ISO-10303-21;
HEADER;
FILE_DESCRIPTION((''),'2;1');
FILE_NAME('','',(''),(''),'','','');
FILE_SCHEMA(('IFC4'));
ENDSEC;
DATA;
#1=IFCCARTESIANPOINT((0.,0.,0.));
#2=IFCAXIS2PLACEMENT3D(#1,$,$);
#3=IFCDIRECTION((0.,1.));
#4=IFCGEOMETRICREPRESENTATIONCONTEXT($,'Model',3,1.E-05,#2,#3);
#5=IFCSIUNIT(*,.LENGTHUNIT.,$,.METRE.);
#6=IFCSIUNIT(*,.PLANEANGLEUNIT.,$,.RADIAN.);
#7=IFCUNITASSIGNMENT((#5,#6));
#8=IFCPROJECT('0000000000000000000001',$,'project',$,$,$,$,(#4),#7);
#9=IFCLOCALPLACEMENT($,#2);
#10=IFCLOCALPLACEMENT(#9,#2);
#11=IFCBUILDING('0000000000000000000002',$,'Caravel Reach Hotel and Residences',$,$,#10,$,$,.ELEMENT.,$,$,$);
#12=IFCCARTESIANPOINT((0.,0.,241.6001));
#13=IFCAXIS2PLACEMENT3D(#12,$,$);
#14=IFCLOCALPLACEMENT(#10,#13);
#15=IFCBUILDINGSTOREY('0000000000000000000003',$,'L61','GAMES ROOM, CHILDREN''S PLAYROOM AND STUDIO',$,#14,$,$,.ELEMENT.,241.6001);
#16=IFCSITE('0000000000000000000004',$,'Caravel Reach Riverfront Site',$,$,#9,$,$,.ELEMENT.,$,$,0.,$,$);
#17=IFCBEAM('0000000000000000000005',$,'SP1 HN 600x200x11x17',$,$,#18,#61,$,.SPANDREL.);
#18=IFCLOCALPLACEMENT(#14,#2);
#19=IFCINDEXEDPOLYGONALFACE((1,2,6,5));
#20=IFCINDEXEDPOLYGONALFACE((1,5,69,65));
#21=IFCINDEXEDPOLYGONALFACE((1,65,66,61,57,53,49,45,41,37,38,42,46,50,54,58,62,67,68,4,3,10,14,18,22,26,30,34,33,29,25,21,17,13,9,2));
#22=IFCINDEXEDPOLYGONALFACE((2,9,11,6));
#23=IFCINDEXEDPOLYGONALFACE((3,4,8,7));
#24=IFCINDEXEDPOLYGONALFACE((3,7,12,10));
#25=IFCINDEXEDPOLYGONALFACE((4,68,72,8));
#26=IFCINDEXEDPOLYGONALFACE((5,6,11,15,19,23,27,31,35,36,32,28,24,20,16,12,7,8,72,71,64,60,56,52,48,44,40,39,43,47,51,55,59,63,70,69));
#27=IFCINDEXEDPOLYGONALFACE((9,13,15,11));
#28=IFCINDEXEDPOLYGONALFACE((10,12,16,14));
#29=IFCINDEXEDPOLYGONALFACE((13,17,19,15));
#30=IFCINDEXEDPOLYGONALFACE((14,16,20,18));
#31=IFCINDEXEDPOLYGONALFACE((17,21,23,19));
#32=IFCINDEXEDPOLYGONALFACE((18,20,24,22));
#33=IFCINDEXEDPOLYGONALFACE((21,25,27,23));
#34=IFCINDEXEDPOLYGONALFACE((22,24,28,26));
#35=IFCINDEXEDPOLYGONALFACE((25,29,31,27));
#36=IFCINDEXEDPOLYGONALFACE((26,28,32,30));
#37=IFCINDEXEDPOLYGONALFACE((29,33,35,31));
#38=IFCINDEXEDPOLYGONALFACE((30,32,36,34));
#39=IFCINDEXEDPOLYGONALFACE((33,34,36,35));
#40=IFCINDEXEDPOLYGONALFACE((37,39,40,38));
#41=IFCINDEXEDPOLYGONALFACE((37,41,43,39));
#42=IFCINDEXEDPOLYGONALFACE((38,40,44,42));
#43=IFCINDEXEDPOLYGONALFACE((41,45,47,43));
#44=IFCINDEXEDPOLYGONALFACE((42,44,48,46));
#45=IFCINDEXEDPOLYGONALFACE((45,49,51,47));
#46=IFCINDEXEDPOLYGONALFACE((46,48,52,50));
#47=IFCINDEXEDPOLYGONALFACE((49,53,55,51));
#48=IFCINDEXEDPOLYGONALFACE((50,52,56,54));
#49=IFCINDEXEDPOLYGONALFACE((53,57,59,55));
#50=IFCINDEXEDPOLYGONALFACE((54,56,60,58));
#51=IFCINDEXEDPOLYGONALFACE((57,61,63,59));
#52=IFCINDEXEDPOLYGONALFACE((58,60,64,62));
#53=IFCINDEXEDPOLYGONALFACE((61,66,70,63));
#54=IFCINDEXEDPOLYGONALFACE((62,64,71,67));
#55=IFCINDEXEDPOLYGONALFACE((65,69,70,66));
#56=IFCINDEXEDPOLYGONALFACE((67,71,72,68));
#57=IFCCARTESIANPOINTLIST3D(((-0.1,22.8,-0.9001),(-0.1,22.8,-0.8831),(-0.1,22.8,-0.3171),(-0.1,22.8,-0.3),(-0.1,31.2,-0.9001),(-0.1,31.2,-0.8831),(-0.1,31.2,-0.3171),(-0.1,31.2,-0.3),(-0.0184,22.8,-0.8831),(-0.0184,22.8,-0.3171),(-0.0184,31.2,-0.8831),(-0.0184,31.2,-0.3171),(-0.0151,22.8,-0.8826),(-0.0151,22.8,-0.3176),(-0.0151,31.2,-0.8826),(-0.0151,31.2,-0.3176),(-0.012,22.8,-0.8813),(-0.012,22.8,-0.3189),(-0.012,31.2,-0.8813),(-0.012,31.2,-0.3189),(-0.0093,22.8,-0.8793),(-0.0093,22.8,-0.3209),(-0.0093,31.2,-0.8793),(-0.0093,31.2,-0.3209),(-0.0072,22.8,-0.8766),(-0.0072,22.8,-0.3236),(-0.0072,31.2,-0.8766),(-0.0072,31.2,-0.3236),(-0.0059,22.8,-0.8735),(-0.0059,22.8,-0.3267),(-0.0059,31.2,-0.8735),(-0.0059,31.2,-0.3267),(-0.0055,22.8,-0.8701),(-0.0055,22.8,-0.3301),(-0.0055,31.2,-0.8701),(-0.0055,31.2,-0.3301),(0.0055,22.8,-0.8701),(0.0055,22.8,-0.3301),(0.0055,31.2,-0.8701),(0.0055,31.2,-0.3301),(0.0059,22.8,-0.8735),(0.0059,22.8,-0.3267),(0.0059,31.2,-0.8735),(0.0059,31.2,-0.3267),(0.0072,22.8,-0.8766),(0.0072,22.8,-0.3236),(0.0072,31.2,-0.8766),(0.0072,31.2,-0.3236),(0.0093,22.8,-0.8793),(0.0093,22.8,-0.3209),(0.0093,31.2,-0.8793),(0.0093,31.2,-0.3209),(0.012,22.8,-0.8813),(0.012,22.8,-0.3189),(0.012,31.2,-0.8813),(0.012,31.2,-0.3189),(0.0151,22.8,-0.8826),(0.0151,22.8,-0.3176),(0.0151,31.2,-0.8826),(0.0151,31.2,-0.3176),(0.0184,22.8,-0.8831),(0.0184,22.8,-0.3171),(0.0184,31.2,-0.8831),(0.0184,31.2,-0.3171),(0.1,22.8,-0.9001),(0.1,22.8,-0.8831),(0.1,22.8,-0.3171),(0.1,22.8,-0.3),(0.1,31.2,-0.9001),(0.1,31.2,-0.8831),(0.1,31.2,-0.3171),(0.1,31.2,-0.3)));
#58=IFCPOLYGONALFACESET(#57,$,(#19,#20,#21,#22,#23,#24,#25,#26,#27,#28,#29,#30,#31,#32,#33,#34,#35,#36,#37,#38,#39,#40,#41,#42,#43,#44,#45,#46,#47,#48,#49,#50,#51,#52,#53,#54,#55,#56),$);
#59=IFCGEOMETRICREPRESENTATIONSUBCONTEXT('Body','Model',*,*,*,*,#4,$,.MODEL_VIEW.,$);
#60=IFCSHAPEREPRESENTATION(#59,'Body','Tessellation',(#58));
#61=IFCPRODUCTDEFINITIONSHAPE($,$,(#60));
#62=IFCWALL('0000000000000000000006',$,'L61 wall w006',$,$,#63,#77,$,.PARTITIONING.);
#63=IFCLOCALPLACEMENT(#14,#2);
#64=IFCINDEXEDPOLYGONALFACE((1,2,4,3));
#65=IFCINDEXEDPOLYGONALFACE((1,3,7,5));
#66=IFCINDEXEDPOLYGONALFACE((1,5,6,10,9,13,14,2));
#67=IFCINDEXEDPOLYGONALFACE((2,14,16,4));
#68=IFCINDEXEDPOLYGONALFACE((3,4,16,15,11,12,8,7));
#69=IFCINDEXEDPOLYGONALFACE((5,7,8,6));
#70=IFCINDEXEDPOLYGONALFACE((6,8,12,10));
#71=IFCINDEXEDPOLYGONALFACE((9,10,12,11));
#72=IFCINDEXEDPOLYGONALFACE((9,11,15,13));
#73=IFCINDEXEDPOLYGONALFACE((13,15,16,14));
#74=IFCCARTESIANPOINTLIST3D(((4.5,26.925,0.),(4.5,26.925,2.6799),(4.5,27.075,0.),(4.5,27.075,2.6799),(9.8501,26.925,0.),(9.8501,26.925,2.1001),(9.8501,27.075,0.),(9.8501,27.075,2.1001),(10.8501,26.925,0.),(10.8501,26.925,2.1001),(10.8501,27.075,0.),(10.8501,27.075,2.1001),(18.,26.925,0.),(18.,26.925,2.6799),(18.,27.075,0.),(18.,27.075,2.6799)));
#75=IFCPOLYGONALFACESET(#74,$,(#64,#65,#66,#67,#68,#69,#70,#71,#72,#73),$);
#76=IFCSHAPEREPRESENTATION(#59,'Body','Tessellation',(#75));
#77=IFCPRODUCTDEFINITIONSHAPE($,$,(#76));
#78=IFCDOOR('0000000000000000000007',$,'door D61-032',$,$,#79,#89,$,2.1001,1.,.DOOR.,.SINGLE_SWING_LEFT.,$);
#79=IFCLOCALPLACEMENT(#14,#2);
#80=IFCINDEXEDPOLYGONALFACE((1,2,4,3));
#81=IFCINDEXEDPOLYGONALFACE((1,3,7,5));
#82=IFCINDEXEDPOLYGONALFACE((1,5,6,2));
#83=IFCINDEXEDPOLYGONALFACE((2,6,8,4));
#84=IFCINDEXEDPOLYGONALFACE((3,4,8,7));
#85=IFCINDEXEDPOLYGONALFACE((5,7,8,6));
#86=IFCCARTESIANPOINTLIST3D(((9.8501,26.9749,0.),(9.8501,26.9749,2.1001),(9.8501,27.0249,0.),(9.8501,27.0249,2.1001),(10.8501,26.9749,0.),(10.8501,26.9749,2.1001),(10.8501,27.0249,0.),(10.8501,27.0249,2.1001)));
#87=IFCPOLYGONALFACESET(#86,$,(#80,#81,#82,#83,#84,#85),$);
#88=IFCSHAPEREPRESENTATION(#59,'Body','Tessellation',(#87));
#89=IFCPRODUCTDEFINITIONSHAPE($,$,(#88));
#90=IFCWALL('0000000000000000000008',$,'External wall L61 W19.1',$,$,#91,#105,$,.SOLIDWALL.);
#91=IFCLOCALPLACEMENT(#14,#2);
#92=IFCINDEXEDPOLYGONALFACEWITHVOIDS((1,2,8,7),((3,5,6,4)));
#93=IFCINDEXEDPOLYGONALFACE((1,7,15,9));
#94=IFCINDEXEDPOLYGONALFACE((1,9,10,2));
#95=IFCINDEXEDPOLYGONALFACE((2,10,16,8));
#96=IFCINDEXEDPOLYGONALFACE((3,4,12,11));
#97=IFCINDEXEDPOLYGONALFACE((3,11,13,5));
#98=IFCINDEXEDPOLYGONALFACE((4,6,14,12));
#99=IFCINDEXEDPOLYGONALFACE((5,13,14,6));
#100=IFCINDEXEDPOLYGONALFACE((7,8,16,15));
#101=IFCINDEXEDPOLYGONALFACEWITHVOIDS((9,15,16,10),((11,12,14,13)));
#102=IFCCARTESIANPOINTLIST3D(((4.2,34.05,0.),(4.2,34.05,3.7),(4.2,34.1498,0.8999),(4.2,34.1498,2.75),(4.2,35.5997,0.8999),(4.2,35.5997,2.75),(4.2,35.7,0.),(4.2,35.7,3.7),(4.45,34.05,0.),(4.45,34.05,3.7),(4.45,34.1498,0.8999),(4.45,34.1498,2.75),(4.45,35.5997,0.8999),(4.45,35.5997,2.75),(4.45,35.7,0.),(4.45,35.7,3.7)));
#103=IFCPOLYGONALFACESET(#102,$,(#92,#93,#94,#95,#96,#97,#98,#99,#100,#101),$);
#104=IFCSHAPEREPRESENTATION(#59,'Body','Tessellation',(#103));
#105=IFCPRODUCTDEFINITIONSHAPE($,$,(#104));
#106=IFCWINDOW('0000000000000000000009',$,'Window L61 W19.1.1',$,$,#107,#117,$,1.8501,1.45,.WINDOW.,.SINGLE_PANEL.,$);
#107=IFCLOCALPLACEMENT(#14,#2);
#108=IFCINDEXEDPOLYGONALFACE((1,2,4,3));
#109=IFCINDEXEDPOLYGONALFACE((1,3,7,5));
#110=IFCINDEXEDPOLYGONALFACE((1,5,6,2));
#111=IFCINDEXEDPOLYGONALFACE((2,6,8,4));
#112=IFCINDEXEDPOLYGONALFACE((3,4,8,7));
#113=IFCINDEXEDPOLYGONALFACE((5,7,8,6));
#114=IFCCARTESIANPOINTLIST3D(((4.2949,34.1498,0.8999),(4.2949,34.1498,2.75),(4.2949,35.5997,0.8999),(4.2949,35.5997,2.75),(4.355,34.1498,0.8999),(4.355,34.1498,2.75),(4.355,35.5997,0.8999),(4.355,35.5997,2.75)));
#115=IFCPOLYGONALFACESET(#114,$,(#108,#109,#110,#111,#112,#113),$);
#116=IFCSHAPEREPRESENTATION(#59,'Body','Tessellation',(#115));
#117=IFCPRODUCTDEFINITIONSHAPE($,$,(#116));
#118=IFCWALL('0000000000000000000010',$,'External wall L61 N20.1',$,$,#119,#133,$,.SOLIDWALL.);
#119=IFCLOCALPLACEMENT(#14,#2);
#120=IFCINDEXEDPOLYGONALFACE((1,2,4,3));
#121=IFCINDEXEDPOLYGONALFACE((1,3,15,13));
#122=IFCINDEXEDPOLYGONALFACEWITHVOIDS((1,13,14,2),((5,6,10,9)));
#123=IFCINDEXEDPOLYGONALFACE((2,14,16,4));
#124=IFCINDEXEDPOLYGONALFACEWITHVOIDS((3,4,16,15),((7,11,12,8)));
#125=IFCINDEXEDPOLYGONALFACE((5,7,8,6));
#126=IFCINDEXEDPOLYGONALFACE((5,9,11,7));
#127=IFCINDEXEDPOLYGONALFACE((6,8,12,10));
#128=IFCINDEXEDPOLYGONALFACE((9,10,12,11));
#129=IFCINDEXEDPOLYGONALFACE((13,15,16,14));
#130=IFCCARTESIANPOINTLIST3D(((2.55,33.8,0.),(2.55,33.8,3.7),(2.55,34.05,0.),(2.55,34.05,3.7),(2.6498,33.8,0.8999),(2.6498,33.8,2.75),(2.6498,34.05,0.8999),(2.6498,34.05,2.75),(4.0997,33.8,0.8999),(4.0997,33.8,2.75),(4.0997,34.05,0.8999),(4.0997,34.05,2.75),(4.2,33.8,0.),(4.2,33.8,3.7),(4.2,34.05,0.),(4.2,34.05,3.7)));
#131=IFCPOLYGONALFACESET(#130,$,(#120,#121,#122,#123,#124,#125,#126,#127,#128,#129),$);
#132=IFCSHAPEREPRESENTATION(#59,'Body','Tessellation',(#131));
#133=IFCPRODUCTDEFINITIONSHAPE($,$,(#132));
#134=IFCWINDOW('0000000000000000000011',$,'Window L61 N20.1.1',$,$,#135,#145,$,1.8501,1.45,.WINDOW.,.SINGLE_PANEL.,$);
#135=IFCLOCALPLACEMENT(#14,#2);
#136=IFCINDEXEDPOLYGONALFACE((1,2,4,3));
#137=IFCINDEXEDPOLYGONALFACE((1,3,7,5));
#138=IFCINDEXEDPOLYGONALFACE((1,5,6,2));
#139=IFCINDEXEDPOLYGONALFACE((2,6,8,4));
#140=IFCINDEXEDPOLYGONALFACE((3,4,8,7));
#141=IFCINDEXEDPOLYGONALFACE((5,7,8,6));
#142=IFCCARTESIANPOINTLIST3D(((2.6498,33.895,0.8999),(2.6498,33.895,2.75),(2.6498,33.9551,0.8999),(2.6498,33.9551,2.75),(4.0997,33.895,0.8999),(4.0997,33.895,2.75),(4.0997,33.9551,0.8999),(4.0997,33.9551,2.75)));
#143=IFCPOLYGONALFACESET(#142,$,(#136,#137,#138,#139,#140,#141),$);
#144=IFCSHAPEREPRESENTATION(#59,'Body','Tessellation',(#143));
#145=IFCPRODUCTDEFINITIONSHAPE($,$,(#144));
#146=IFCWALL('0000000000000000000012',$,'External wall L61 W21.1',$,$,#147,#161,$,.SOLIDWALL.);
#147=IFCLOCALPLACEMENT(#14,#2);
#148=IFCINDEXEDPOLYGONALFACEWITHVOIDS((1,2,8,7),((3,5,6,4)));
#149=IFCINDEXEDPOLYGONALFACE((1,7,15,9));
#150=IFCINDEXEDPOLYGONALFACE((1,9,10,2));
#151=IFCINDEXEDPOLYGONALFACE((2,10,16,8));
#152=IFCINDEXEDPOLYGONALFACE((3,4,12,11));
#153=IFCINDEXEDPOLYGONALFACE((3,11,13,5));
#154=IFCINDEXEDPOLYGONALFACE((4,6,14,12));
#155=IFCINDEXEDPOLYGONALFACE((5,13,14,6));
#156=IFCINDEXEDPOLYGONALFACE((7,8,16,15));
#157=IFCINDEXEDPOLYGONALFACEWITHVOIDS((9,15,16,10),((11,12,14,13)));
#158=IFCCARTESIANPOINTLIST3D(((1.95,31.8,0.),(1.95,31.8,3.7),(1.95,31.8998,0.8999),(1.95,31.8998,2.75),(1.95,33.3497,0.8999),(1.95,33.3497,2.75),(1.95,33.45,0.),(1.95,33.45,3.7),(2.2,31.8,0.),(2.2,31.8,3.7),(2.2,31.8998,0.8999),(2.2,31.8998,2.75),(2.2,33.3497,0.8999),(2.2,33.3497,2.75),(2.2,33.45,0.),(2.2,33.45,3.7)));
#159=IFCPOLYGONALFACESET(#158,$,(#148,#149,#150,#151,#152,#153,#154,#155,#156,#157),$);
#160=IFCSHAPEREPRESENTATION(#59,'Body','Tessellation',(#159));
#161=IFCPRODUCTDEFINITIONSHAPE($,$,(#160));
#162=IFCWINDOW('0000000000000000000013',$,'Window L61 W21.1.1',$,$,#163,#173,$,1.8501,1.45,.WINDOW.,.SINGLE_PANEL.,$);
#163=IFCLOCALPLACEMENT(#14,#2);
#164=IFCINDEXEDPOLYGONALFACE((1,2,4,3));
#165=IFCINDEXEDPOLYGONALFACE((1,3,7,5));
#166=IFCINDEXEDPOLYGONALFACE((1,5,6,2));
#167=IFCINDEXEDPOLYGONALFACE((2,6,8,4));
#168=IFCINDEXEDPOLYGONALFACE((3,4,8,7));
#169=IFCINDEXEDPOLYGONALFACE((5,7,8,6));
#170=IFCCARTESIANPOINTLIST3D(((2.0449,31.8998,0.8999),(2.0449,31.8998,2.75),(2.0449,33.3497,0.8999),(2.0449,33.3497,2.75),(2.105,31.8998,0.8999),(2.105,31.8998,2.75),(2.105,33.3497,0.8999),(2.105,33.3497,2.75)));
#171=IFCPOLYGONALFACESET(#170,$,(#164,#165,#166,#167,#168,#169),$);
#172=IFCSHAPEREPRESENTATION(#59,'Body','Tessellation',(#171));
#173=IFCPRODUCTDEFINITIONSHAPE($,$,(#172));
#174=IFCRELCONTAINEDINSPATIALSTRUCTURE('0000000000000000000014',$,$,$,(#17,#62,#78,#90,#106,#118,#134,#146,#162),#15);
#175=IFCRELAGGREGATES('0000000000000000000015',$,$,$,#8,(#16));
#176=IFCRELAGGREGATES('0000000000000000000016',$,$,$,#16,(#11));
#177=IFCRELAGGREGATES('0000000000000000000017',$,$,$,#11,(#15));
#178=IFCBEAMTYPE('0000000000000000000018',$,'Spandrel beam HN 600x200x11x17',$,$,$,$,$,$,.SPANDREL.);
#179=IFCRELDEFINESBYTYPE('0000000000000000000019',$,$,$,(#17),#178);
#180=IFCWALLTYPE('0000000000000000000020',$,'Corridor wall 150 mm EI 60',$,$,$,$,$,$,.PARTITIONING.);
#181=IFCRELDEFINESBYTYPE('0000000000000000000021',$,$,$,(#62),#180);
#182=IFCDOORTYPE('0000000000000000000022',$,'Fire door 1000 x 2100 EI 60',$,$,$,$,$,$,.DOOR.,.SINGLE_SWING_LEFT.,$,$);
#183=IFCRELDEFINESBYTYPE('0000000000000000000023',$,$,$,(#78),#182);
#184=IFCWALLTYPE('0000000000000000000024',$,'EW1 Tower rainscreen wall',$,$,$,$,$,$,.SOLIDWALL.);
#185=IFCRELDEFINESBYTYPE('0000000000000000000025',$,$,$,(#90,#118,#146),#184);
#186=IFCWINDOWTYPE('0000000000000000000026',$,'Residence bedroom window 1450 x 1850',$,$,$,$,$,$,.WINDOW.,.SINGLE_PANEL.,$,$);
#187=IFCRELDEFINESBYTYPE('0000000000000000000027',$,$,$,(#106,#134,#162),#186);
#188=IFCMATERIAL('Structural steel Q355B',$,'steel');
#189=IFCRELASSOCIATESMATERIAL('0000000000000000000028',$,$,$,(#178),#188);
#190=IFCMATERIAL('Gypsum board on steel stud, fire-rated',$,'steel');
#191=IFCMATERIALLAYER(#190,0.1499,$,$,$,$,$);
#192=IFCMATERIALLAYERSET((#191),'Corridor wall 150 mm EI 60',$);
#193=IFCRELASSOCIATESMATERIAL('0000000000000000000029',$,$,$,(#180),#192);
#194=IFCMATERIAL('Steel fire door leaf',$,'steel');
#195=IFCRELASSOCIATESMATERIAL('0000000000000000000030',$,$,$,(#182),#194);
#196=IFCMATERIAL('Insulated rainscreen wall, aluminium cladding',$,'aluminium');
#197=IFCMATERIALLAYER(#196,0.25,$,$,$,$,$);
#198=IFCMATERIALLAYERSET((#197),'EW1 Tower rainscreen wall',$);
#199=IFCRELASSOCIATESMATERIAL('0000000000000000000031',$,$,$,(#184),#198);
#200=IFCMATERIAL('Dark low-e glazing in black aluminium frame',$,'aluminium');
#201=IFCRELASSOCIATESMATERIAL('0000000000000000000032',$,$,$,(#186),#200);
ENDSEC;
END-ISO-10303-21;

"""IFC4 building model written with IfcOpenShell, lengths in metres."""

from ifc_helpers import new_model, si_unit, direction, frame, frame_2d, origin, origin_2d, place, context, subcontext, project, spatial, rectangle, i_section, extrude, material, layer, layer_set, material_profile, profile_set, type_object, element, fill, save


model = new_model("IFC4")

# Units and contexts
model_context = context("Model", 3, precision=1e-05, world=origin(), true_north=direction((0.0, 1.0)))
body_context = subcontext(model_context, "Body", "Model", "MODEL_VIEW")
ifc_project = project(units=[si_unit("LENGTHUNIT", "METRE"), si_unit("PLANEANGLEUNIT", "RADIAN")], contexts=[model_context])

# Site, building, storey
site_placement = place(None, origin())
site = spatial("IfcSite", under=ifc_project, at=site_placement, Name="Caravel Reach Riverfront Site", CompositionType="ELEMENT", RefElevation=0.0)
building_placement = place(site_placement, origin())
building = spatial("IfcBuilding", under=site, at=building_placement, Name="Caravel Reach Hotel and Residences", CompositionType="ELEMENT")
storey_placement = place(building_placement, frame((0.0, 0.0, 241.6001)))
storey = spatial("IfcBuildingStorey", under=building, at=storey_placement, Name="L61", Description="GAMES ROOM, CHILDREN'S PLAYROOM AND STUDIO", CompositionType="ELEMENT", Elevation=241.6001)

# Beam
ifc_material_1 = material(Name="Structural steel Q355B", Category="steel")
ifc_material_profile_1 = material_profile(ifc_material_1, i_section(OverallWidth=0.2, OverallDepth=0.6001, WebThickness=0.011, FlangeThickness=0.0171, FilletRadius=0.0129, at=origin_2d()), Name="HN 600x200x11x17")
ifc_profile_set_1 = profile_set([ifc_material_profile_1], Name="Structural steel Q355B")
beam_type = type_object("IfcBeamType", Name="Spandrel beam HN 600x200x11x17", PredefinedType="SPANDREL", material=ifc_profile_set_1)
beam_placement = place(storey_placement, frame((0.0, 31.2, -0.6001), z_axis=(0.0, -1.0, 0.0), x_axis=(1.0, 0.0, 0.0)))
element("IfcBeam", 1, at=beam_placement, inside=storey, type_object=beam_type, Name="SP1 HN 600x200x11x17", PredefinedType="SPANDREL", context=body_context, shape_type="SweptSolid", body=[
    extrude(i_section(OverallWidth=0.2, OverallDepth=0.6001, WebThickness=0.011, FlangeThickness=0.0171, FilletRadius=0.0129, at=origin_2d()), origin(), (0.0, 0.0, 1.0), 8.3999),
])

# Wall, opening, door
ifc_material_2 = material(Name="Gypsum board on steel stud, fire-rated", Category="steel")
ifc_layer_1 = layer(ifc_material_2, 0.1499)
ifc_layer_set_1 = layer_set([ifc_layer_1], Name="Corridor wall 150 mm EI 60")
wall_type_1 = type_object("IfcWallType", Name="Corridor wall 150 mm EI 60", PredefinedType="PARTITIONING", material=ifc_layer_set_1)
wall_1_placement = place(storey_placement, frame((4.5, 27.0, 0.0), z_axis=(0.0, 0.0, 1.0), x_axis=(1.0, 0.0, 0.0)))
wall_1 = element("IfcWall", 2, at=wall_1_placement, inside=storey, type_object=wall_type_1, Name="L61 wall w006", PredefinedType="PARTITIONING", context=body_context, shape_type="SweptSolid", body=[
    extrude(rectangle(XDim=13.5, YDim=0.1499, at=frame_2d((6.75, 0.0))), origin(), (0.0, 0.0, 1.0), 2.6799),
])
opening_1_placement = place(wall_1_placement, frame((5.3501, 0.0, 0.0)))
opening_1 = element("IfcOpeningElement", 3, at=opening_1_placement, cuts=wall_1, PredefinedType="OPENING", context=body_context, shape_type="SweptSolid", body=[
    extrude(rectangle(XDim=1.0, YDim=2.1001, at=frame_2d((0.5, 1.05))), frame((0.0, 0.085, 0.0), z_axis=(0.0, -1.0, 0.0), x_axis=(1.0, 0.0, 0.0)), (0.0, 0.0, 1.0), 0.1699),
])
ifc_material_3 = material(Name="Steel fire door leaf", Category="steel")
door_type = type_object("IfcDoorType", Name="Fire door 1000 x 2100 EI 60", OperationType="SINGLE_SWING_LEFT", PredefinedType="DOOR", material=ifc_material_3)
door_placement = place(opening_1_placement, origin())
door = element("IfcDoor", 4, at=door_placement, inside=storey, type_object=door_type, Name="door D61-032", OperationType="SINGLE_SWING_LEFT", OverallHeight=2.1001, OverallWidth=1.0, PredefinedType="DOOR", context=body_context, shape_type="SweptSolid", body=[
    extrude(rectangle(XDim=1.0, YDim=2.1001, at=frame_2d((0.5, 1.05))), frame((0.0, 0.0249, 0.0), z_axis=(0.0, -1.0, 0.0), x_axis=(1.0, 0.0, 0.0)), (0.0, 0.0, 1.0), 0.05),
])
fill(opening_1, door)

# Walls, openings, windows
ifc_material_4 = material(Name="Insulated rainscreen wall, aluminium cladding", Category="aluminium")
ifc_layer_2 = layer(ifc_material_4, 0.25)
ifc_layer_set_2 = layer_set([ifc_layer_2], Name="EW1 Tower rainscreen wall")
wall_type_2 = type_object("IfcWallType", Name="EW1 Tower rainscreen wall", PredefinedType="SOLIDWALL", material=ifc_layer_set_2)
wall_2_placement = place(storey_placement, frame((4.325, 35.7, 0.0), z_axis=(0.0, 0.0, 1.0), x_axis=(0.0, -1.0, 0.0)))
wall_2 = element("IfcWall", 5, at=wall_2_placement, inside=storey, type_object=wall_type_2, Name="External wall L61 W19.1", PredefinedType="SOLIDWALL", context=body_context, shape_type="SweptSolid", body=[
    extrude(rectangle(XDim=1.6499, YDim=0.25, at=frame_2d((0.825, 0.0))), origin(), (0.0, 0.0, 1.0), 3.7),
])
opening_2_placement = place(wall_2_placement, frame((0.1001, 0.0, 0.8999)))
opening_2 = element("IfcOpeningElement", 6, at=opening_2_placement, cuts=wall_2, PredefinedType="OPENING", context=body_context, shape_type="SweptSolid", body=[
    extrude(rectangle(XDim=1.45, YDim=1.8501, at=frame_2d((0.7251, 0.925))), frame((0.0, 0.135, 0.0), z_axis=(0.0, -1.0, 0.0), x_axis=(1.0, 0.0, 0.0)), (0.0, 0.0, 1.0), 0.27),
])
ifc_material_5 = material(Name="Dark low-e glazing in black aluminium frame", Category="aluminium")
window_type_1 = type_object("IfcWindowType", Name="Residence bedroom window 1450 x 1850", PartitioningType="SINGLE_PANEL", PredefinedType="WINDOW", material=ifc_material_5)
window_1_placement = place(opening_2_placement, origin())
window_1 = element("IfcWindow", 7, at=window_1_placement, inside=storey, type_object=window_type_1, Name="Window L61 W19.1.1", OverallHeight=1.8501, OverallWidth=1.45, PartitioningType="SINGLE_PANEL", PredefinedType="WINDOW", context=body_context, shape_type="SweptSolid", body=[
    extrude(rectangle(XDim=1.45, YDim=1.8501, at=frame_2d((0.7251, 0.925))), frame((0.0, 0.03, 0.0), z_axis=(0.0, -1.0, 0.0), x_axis=(1.0, 0.0, 0.0)), (0.0, 0.0, 1.0), 0.0601),
])
fill(opening_2, window_1)
wall_3_placement = place(storey_placement, frame((4.2, 33.925, 0.0), z_axis=(0.0, 0.0, 1.0), x_axis=(-1.0, 0.0, 0.0)))
wall_3 = element("IfcWall", 8, at=wall_3_placement, inside=storey, type_object=wall_type_2, Name="External wall L61 N20.1", PredefinedType="SOLIDWALL", context=body_context, shape_type="SweptSolid", body=[
    extrude(rectangle(XDim=1.6499, YDim=0.25, at=frame_2d((0.825, 0.0))), origin(), (0.0, 0.0, 1.0), 3.7),
])
opening_3_placement = place(wall_3_placement, frame((0.1001, 0.0, 0.8999)))
opening_3 = element("IfcOpeningElement", 9, at=opening_3_placement, cuts=wall_3, PredefinedType="OPENING", context=body_context, shape_type="SweptSolid", body=[
    extrude(rectangle(XDim=1.45, YDim=1.8501, at=frame_2d((0.7251, 0.925))), frame((0.0, 0.135, 0.0), z_axis=(0.0, -1.0, 0.0), x_axis=(1.0, 0.0, 0.0)), (0.0, 0.0, 1.0), 0.27),
])
window_2_placement = place(opening_3_placement, origin())
window_2 = element("IfcWindow", 10, at=window_2_placement, inside=storey, type_object=window_type_1, Name="Window L61 N20.1.1", OverallHeight=1.8501, OverallWidth=1.45, PartitioningType="SINGLE_PANEL", PredefinedType="WINDOW", context=body_context, shape_type="SweptSolid", body=[
    extrude(rectangle(XDim=1.45, YDim=1.8501, at=frame_2d((0.7251, 0.925))), frame((0.0, 0.03, 0.0), z_axis=(0.0, -1.0, 0.0), x_axis=(1.0, 0.0, 0.0)), (0.0, 0.0, 1.0), 0.0601),
])
fill(opening_3, window_2)
wall_4_placement = place(storey_placement, frame((2.075, 33.45, 0.0), z_axis=(0.0, 0.0, 1.0), x_axis=(0.0, -1.0, 0.0)))
wall_4 = element("IfcWall", 11, at=wall_4_placement, inside=storey, type_object=wall_type_2, Name="External wall L61 W21.1", PredefinedType="SOLIDWALL", context=body_context, shape_type="SweptSolid", body=[
    extrude(rectangle(XDim=1.6499, YDim=0.25, at=frame_2d((0.825, 0.0))), origin(), (0.0, 0.0, 1.0), 3.7),
])
opening_4_placement = place(wall_4_placement, frame((0.1001, 0.0, 0.8999)))
opening_4 = element("IfcOpeningElement", 12, at=opening_4_placement, cuts=wall_4, PredefinedType="OPENING", context=body_context, shape_type="SweptSolid", body=[
    extrude(rectangle(XDim=1.45, YDim=1.8501, at=frame_2d((0.7251, 0.925))), frame((0.0, 0.135, 0.0), z_axis=(0.0, -1.0, 0.0), x_axis=(1.0, 0.0, 0.0)), (0.0, 0.0, 1.0), 0.27),
])
window_3_placement = place(opening_4_placement, origin())
window_3 = element("IfcWindow", 13, at=window_3_placement, inside=storey, type_object=window_type_1, Name="Window L61 W21.1.1", OverallHeight=1.8501, OverallWidth=1.45, PartitioningType="SINGLE_PANEL", PredefinedType="WINDOW", context=body_context, shape_type="SweptSolid", body=[
    extrude(rectangle(XDim=1.45, YDim=1.8501, at=frame_2d((0.7251, 0.925))), frame((0.0, 0.03, 0.0), z_axis=(0.0, -1.0, 0.0), x_axis=(1.0, 0.0, 0.0)), (0.0, 0.0, 1.0), 0.0601),
])
fill(opening_4, window_3)

save(model, "model.ifc")
